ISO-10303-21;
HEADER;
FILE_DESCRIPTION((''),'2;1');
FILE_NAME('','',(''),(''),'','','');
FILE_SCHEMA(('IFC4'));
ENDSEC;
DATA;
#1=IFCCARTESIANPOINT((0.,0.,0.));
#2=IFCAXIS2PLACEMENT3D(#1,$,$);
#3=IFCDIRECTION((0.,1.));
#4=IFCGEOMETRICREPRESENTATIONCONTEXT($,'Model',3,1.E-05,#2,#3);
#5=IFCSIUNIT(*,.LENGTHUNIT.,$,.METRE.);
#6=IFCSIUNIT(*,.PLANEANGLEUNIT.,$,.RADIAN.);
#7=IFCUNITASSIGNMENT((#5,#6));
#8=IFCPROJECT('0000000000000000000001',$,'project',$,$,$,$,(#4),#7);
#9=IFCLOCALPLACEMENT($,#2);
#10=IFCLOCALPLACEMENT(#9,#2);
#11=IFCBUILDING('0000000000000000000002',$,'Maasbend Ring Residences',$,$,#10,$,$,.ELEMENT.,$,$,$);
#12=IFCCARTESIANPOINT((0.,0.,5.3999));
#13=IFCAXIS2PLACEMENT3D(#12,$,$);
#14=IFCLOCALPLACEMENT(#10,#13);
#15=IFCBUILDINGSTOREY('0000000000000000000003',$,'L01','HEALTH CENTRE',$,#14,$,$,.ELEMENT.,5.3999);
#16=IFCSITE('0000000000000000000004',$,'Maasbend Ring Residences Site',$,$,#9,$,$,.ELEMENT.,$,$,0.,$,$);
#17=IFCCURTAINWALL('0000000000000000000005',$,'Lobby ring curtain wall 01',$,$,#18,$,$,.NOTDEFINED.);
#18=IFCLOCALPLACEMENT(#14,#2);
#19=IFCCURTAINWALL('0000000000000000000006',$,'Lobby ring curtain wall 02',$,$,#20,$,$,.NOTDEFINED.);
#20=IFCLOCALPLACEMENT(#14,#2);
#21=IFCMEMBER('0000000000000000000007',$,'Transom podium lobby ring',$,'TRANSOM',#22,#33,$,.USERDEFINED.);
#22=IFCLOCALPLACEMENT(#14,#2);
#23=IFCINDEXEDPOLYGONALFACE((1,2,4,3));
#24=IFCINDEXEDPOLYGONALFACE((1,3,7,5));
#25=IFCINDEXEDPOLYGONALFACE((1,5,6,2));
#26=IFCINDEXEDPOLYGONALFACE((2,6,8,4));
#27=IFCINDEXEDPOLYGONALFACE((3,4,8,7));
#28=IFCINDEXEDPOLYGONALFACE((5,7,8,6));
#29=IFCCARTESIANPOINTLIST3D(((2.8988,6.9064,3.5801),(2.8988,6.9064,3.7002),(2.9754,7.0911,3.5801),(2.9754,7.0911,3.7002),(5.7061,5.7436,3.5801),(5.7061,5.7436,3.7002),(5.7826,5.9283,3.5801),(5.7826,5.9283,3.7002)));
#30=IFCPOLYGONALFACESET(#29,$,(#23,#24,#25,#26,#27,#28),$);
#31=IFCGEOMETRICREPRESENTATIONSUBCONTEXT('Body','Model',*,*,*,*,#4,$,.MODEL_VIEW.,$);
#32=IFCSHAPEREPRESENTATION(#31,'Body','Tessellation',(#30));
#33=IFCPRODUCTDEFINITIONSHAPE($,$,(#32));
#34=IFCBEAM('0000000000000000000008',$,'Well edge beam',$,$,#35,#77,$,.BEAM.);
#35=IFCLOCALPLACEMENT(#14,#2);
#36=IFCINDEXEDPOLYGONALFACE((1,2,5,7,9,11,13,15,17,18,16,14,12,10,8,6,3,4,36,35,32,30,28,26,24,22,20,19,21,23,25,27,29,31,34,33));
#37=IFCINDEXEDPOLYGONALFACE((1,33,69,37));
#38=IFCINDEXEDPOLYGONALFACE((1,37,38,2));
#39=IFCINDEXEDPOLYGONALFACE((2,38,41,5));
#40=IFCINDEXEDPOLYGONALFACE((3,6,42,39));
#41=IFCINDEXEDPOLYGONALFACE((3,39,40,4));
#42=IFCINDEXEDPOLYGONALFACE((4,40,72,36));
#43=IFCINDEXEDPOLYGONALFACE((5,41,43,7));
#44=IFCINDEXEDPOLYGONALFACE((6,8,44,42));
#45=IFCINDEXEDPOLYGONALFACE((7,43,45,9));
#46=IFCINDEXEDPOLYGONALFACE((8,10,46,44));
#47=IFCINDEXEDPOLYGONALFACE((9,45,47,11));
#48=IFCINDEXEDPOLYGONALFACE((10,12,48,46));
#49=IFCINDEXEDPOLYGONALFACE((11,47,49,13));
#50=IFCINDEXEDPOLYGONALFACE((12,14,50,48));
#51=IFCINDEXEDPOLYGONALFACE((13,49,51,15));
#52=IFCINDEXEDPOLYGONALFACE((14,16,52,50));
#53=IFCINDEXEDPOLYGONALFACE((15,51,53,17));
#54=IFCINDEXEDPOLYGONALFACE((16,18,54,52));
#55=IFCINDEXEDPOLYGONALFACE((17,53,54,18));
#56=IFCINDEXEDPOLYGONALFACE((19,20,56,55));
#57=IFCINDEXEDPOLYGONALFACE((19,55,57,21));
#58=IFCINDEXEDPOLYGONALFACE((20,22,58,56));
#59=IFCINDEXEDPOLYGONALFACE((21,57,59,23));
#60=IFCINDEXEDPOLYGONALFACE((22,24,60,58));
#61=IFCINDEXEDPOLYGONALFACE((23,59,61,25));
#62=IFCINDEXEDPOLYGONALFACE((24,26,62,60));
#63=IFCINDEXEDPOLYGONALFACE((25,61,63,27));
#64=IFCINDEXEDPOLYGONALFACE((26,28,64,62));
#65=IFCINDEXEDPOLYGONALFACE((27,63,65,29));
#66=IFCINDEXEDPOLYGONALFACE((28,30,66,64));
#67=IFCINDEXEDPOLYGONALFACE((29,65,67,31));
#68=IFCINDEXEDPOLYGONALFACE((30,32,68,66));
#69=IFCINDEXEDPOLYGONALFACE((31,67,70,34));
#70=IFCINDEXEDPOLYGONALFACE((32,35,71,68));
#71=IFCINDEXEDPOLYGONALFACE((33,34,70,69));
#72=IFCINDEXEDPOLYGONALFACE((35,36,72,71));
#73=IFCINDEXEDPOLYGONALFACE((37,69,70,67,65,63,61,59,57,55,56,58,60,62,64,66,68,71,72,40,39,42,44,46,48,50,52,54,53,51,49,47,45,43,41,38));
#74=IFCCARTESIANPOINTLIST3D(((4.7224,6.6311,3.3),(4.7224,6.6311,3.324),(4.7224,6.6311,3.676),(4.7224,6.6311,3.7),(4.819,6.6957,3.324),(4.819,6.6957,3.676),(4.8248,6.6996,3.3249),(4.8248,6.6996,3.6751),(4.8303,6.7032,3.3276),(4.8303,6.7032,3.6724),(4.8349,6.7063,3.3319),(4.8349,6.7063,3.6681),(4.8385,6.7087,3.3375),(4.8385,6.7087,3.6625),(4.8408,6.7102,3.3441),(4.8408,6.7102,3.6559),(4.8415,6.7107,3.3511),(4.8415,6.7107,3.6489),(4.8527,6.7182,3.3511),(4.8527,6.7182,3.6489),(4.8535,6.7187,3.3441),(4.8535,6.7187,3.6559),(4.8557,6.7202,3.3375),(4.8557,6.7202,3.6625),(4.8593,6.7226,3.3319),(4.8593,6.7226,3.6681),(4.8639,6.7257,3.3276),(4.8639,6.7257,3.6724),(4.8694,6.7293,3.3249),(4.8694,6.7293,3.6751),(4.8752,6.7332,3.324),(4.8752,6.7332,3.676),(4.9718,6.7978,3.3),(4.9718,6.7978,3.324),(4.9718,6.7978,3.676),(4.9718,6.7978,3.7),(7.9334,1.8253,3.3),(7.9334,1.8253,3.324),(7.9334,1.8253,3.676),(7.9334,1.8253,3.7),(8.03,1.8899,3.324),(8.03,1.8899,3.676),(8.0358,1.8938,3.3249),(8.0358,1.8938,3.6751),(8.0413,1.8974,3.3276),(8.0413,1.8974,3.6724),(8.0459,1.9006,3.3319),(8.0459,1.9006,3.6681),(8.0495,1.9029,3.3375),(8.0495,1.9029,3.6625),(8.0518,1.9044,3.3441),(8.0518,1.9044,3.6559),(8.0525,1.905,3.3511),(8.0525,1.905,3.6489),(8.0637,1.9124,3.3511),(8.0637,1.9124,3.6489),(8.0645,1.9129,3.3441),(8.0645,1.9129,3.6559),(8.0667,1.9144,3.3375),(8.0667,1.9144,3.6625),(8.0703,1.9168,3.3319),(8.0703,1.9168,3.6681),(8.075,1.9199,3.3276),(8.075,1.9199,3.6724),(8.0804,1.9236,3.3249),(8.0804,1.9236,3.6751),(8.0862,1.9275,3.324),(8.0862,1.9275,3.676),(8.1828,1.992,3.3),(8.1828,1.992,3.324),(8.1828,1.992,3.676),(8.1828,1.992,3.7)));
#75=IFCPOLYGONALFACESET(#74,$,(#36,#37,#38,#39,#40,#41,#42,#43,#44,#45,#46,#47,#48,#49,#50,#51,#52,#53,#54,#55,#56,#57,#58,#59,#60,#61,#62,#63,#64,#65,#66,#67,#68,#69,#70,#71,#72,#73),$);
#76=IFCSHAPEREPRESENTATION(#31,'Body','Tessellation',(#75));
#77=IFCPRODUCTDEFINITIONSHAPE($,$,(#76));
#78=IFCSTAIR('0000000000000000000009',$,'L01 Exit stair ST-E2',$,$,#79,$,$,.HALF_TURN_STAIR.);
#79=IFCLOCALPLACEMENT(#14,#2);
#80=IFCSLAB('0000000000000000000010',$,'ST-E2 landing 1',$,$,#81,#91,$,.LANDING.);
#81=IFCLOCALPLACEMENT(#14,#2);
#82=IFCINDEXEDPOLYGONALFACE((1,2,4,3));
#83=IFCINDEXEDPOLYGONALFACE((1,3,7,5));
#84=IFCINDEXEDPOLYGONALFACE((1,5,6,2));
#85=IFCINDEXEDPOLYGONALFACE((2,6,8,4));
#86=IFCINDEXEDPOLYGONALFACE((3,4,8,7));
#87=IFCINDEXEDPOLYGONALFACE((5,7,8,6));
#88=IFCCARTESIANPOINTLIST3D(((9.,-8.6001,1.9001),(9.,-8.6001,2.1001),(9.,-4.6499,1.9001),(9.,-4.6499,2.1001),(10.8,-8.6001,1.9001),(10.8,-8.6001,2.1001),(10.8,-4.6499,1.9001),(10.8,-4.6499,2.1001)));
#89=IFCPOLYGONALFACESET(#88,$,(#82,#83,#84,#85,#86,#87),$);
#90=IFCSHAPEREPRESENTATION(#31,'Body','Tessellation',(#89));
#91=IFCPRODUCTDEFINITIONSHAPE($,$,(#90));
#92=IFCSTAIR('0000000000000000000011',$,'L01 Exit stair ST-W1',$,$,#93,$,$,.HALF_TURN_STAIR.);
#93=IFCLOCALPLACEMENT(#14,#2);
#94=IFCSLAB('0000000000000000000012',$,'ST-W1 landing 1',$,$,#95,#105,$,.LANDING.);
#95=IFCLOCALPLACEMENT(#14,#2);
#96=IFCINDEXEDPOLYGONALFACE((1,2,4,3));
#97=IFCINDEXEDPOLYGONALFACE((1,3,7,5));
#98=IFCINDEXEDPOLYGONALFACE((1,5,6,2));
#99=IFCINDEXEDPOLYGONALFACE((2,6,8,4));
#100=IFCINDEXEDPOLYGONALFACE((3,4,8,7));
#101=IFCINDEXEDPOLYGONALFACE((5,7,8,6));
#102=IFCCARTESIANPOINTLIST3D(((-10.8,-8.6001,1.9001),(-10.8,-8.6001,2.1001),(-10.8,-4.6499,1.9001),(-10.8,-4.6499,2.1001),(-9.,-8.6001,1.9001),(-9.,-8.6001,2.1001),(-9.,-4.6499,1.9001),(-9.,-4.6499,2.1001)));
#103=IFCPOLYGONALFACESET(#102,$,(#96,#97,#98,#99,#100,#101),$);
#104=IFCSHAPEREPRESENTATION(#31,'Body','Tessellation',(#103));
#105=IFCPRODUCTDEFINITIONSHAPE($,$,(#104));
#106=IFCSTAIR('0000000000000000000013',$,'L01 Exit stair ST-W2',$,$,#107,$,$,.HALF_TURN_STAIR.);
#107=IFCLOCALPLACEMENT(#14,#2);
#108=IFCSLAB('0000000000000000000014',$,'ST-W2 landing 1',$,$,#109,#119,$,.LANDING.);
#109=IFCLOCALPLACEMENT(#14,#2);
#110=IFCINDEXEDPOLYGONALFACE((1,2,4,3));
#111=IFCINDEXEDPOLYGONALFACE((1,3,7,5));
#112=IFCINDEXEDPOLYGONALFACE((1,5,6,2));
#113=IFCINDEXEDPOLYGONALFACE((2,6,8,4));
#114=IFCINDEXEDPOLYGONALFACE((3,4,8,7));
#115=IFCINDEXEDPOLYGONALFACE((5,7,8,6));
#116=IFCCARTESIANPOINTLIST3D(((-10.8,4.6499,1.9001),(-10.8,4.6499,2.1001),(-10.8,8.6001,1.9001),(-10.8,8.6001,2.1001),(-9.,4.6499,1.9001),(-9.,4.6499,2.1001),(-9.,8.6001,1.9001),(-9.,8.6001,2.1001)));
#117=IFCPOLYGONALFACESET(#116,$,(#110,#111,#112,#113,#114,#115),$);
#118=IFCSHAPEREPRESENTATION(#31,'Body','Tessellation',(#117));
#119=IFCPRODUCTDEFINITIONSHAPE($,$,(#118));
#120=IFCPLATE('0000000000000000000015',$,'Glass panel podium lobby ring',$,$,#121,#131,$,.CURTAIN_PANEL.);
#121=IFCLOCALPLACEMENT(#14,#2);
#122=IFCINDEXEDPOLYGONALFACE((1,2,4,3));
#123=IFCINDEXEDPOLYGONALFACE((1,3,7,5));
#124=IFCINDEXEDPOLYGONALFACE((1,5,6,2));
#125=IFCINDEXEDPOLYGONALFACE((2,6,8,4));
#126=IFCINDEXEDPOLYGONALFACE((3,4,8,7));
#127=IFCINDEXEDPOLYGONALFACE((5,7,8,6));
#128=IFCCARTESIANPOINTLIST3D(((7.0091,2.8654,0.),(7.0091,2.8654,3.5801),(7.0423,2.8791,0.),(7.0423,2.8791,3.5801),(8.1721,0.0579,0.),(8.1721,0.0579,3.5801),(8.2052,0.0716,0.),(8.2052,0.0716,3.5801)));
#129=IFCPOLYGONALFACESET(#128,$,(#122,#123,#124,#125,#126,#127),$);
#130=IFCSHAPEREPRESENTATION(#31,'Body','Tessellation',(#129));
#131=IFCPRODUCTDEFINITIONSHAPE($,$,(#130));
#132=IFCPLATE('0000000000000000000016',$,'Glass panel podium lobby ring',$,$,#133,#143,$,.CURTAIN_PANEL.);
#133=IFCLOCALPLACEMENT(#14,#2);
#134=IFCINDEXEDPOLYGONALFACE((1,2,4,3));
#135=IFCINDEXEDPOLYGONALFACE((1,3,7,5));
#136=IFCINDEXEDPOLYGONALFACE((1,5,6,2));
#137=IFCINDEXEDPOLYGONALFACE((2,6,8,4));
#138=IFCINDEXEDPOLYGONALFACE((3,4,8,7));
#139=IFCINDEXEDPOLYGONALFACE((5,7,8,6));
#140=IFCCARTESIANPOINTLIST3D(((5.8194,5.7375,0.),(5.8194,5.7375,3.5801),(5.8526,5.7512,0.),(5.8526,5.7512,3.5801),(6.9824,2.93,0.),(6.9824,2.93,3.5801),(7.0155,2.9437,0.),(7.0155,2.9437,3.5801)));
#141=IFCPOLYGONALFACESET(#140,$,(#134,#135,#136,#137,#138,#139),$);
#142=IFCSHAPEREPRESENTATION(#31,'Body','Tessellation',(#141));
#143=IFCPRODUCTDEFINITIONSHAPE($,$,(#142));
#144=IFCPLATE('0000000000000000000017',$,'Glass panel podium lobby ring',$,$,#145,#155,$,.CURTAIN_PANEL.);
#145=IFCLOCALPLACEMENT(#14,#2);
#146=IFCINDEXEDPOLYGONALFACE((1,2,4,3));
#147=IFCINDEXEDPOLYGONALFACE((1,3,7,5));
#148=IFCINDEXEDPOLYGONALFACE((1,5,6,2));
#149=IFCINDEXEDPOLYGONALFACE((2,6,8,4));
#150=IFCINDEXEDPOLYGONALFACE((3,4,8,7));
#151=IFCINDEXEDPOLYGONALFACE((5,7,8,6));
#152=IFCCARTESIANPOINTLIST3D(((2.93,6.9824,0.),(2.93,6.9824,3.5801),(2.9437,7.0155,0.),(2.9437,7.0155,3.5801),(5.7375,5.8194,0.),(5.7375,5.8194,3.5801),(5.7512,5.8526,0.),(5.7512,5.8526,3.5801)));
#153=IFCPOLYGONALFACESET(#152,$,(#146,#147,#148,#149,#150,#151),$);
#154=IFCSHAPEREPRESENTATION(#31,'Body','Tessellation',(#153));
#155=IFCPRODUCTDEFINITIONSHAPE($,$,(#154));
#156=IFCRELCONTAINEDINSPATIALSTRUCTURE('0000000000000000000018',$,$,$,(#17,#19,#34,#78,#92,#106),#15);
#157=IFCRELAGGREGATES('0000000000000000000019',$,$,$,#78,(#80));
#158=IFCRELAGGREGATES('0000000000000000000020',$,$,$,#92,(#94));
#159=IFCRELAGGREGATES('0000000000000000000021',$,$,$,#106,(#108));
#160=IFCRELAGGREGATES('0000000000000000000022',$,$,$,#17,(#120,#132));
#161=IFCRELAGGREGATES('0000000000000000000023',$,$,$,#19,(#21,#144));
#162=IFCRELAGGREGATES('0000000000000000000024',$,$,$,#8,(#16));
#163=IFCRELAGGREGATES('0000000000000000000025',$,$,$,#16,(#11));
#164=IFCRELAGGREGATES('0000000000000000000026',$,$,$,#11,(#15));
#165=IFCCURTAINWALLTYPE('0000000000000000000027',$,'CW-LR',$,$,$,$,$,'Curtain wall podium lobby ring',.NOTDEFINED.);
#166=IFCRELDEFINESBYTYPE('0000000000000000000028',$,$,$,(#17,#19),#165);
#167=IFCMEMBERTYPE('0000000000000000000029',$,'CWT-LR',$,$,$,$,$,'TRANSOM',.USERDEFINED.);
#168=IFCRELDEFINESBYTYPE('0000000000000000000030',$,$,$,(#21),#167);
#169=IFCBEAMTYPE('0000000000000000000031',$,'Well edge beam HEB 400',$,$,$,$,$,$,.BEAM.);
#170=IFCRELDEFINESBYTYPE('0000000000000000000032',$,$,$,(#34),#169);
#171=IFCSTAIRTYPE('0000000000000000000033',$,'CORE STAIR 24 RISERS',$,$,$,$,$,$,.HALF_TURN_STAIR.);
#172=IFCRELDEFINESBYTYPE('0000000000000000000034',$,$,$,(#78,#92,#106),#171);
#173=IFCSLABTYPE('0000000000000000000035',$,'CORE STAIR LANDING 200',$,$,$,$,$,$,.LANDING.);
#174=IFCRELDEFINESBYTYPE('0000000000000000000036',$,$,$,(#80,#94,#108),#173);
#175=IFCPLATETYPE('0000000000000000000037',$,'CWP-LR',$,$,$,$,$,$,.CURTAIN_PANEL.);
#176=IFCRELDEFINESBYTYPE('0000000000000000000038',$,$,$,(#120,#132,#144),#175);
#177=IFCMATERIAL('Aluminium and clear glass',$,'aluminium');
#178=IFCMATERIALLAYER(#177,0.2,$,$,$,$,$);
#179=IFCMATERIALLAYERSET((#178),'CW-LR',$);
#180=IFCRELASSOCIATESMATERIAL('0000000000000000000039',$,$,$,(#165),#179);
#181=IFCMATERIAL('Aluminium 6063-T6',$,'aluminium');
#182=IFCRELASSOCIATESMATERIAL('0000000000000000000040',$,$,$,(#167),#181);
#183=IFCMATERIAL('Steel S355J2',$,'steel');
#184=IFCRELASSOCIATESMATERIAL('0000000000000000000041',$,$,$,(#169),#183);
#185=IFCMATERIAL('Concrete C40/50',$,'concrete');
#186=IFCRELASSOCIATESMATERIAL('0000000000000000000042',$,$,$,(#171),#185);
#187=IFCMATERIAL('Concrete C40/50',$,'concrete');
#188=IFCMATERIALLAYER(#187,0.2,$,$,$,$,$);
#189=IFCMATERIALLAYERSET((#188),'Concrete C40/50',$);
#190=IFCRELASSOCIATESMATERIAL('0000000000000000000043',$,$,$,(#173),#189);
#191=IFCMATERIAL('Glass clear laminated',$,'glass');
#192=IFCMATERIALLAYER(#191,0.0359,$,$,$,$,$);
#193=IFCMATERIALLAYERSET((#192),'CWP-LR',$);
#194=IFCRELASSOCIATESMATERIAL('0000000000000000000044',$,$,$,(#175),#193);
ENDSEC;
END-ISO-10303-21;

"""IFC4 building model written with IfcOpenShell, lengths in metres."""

from ifc_helpers import new_model, si_unit, direction, frame, origin, origin_2d, place, context, subcontext, project, spatial, polyline, rectangle, i_section, outline, extrude, material, layer, layer_set, material_profile, profile_set, type_object, element, aggregate, save


model = new_model("IFC4")

# Units and contexts
model_context = context("Model", 3, precision=1e-05, world=origin(), true_north=direction((0.0, 1.0)))
body_context = subcontext(model_context, "Body", "Model", "MODEL_VIEW")
ifc_project = project(units=[si_unit("LENGTHUNIT", "METRE"), si_unit("PLANEANGLEUNIT", "RADIAN")], contexts=[model_context])

# Site, building, storey
site_placement = place(None, origin())
site = spatial("IfcSite", under=ifc_project, at=site_placement, Name="Maasbend Ring Residences Site", CompositionType="ELEMENT", RefElevation=0.0)
building_placement = place(site_placement, origin())
building = spatial("IfcBuilding", under=site, at=building_placement, Name="Maasbend Ring Residences", CompositionType="ELEMENT")
storey_placement = place(building_placement, frame((0.0, 0.0, 5.3999)))
storey = spatial("IfcBuildingStorey", under=building, at=storey_placement, Name="L01", Description="HEALTH CENTRE", CompositionType="ELEMENT", Elevation=5.3999)

# Curtain walls
ifc_material_1 = material(Name="Aluminium and clear glass", Category="aluminium")
ifc_layer_1 = layer(ifc_material_1, 0.2)
ifc_layer_set_1 = layer_set([ifc_layer_1], Name="CW-LR")
curtain_wall_type = type_object("IfcCurtainWallType", Name="CW-LR", ElementType="Curtain wall podium lobby ring", PredefinedType="NOTDEFINED", material=ifc_layer_set_1)
curtain_wall_1_placement = place(storey_placement, origin())
curtain_wall_1 = element("IfcCurtainWall", 1, at=curtain_wall_1_placement, inside=storey, type_object=curtain_wall_type, Name="Lobby ring curtain wall 01", PredefinedType="NOTDEFINED")
curtain_wall_2_placement = place(storey_placement, origin())
curtain_wall_2 = element("IfcCurtainWall", 2, at=curtain_wall_2_placement, inside=storey, type_object=curtain_wall_type, Name="Lobby ring curtain wall 02", PredefinedType="NOTDEFINED")

# Member
ifc_material_2 = material(Name="Aluminium 6063-T6", Category="aluminium")
ifc_material_profile_1 = material_profile(ifc_material_2, rectangle(XDim=0.2, YDim=0.1201, at=origin_2d()), Name="AL 200x120")
ifc_profile_set_1 = profile_set([ifc_material_profile_1], Name="Aluminium 6063-T6")
member_type_1 = type_object("IfcMemberType", Name="CWT-LR", ElementType="TRANSOM", PredefinedType="USERDEFINED", material=ifc_profile_set_1)
member_1_placement = place(storey_placement, frame((5.7444, 5.8359, 3.6401), z_axis=(-0.923881, 0.382681, 0.0), x_axis=(-0.382681, -0.923881, 0.0)))
member_1 = element("IfcMember", 3, at=member_1_placement, type_object=member_type_1, Name="Transom podium lobby ring", ObjectType="TRANSOM", PredefinedType="USERDEFINED", context=body_context, shape_type="SweptSolid", body=[
    extrude(rectangle(XDim=0.2, YDim=0.1201, at=origin_2d()), origin(), (0.0, 0.0, 1.0), 3.0386),
])

# Beam
ifc_material_3 = material(Name="Steel S355J2", Category="steel")
ifc_material_profile_2 = material_profile(ifc_material_3, i_section(OverallWidth=0.3, OverallDepth=0.3999, WebThickness=0.0134, FlangeThickness=0.0239, FilletRadius=0.0271, at=origin_2d()), Name="HEB 400")
ifc_profile_set_2 = profile_set([ifc_material_profile_2], Name="Steel S355J2")
beam_type = type_object("IfcBeamType", Name="Well edge beam HEB 400", PredefinedType="BEAM", material=ifc_profile_set_2)
beam_placement = place(storey_placement, frame((8.0581, 1.9087, 3.5), z_axis=(-0.555558, 0.831478, 0.0), x_axis=(-0.831478, -0.555558, 0.0)))
element("IfcBeam", 4, at=beam_placement, inside=storey, type_object=beam_type, Name="Well edge beam", PredefinedType="BEAM", context=body_context, shape_type="SweptSolid", body=[
    extrude(i_section(OverallWidth=0.3, OverallDepth=0.3999, WebThickness=0.0134, FlangeThickness=0.0239, FilletRadius=0.0271, at=origin_2d()), origin(), (0.0, 0.0, 1.0), 5.7798),
])

# Stairs, slabs
ifc_material_4 = material(Name="Concrete C40/50", Category="concrete")
stair_type = type_object("IfcStairType", Name="CORE STAIR 24 RISERS", PredefinedType="HALF_TURN_STAIR", material=ifc_material_4)
stair_1_placement = place(storey_placement, origin())
stair_1 = element("IfcStair", 5, at=stair_1_placement, inside=storey, type_object=stair_type, Name="L01 Exit stair ST-E2", PredefinedType="HALF_TURN_STAIR")
ifc_material_5 = material(Name="Concrete C40/50", Category="concrete")
ifc_layer_2 = layer(ifc_material_5, 0.2)
ifc_layer_set_2 = layer_set([ifc_layer_2], Name="Concrete C40/50")
slab_type = type_object("IfcSlabType", Name="CORE STAIR LANDING 200", PredefinedType="LANDING", material=ifc_layer_set_2)
slab_1_placement = place(storey_placement, frame((0.0, 0.0, 1.9001)))
slab_1 = element("IfcSlab", 6, at=slab_1_placement, type_object=slab_type, Name="ST-E2 landing 1", PredefinedType="LANDING", context=body_context, shape_type="SweptSolid", body=[
    extrude(outline(polyline([(10.8, -4.6499), (9.0, -4.6499), (9.0, -8.6001), (10.8, -8.6001), (10.8, -4.6499)])), origin(), (0.0, 0.0, 1.0), 0.2),
])
aggregate(stair_1, [slab_1])
stair_2_placement = place(storey_placement, origin())
stair_2 = element("IfcStair", 7, at=stair_2_placement, inside=storey, type_object=stair_type, Name="L01 Exit stair ST-W1", PredefinedType="HALF_TURN_STAIR")
slab_2_placement = place(storey_placement, frame((0.0, 0.0, 1.9001)))
slab_2 = element("IfcSlab", 8, at=slab_2_placement, type_object=slab_type, Name="ST-W1 landing 1", PredefinedType="LANDING", context=body_context, shape_type="SweptSolid", body=[
    extrude(outline(polyline([(-10.8, -8.6001), (-9.0, -8.6001), (-9.0, -4.6499), (-10.8, -4.6499), (-10.8, -8.6001)])), origin(), (0.0, 0.0, 1.0), 0.2),
])
aggregate(stair_2, [slab_2])
stair_3_placement = place(storey_placement, origin())
stair_3 = element("IfcStair", 9, at=stair_3_placement, inside=storey, type_object=stair_type, Name="L01 Exit stair ST-W2", PredefinedType="HALF_TURN_STAIR")
slab_3_placement = place(storey_placement, frame((0.0, 0.0, 1.9001)))
slab_3 = element("IfcSlab", 10, at=slab_3_placement, type_object=slab_type, Name="ST-W2 landing 1", PredefinedType="LANDING", context=body_context, shape_type="SweptSolid", body=[
    extrude(outline(polyline([(-10.8, 4.6499), (-9.0, 4.6499), (-9.0, 8.6001), (-10.8, 8.6001), (-10.8, 4.6499)])), origin(), (0.0, 0.0, 1.0), 0.2),
])
aggregate(stair_3, [slab_3])

# Plates
ifc_material_6 = material(Name="Glass clear laminated", Category="glass")
ifc_layer_3 = layer(ifc_material_6, 0.0359)
ifc_layer_set_3 = layer_set([ifc_layer_3], Name="CWP-LR")
plate_type = type_object("IfcPlateType", Name="CWP-LR", PredefinedType="CURTAIN_PANEL", material=ifc_layer_set_3)
plate_1_placement = place(storey_placement, frame((7.6072, 1.4685, 0.0), z_axis=(0.0, 0.0, 1.0), x_axis=(-0.382683, 0.92388, 0.0)))
plate_1 = element("IfcPlate", 11, at=plate_1_placement, type_object=plate_type, Name="Glass panel podium lobby ring", PredefinedType="CURTAIN_PANEL", context=body_context, shape_type="SweptSolid", body=[
    extrude(rectangle(XDim=3.0388, YDim=0.0359, at=origin_2d()), origin(), (0.0, 0.0, 1.0), 3.5801),
])
plate_2_placement = place(storey_placement, frame((6.4175, 4.3406, 0.0), z_axis=(0.0, 0.0, 1.0), x_axis=(-0.382683, 0.92388, 0.0)))
plate_2 = element("IfcPlate", 12, at=plate_2_placement, type_object=plate_type, Name="Glass panel podium lobby ring", PredefinedType="CURTAIN_PANEL", context=body_context, shape_type="SweptSolid", body=[
    extrude(rectangle(XDim=3.0388, YDim=0.0359, at=origin_2d()), origin(), (0.0, 0.0, 1.0), 3.5801),
])
aggregate(curtain_wall_1, [plate_1, plate_2])
plate_3_placement = place(storey_placement, frame((4.3406, 6.4175, 0.0), z_axis=(0.0, 0.0, 1.0), x_axis=(-0.92388, 0.382683, 0.0)))
plate_3 = element("IfcPlate", 13, at=plate_3_placement, type_object=plate_type, Name="Glass panel podium lobby ring", PredefinedType="CURTAIN_PANEL", context=body_context, shape_type="SweptSolid", body=[
    extrude(rectangle(XDim=3.0388, YDim=0.0359, at=origin_2d()), origin(), (0.0, 0.0, 1.0), 3.5801),
])
aggregate(curtain_wall_2, [member_1, plate_3])

save(model, "model.ifc")
